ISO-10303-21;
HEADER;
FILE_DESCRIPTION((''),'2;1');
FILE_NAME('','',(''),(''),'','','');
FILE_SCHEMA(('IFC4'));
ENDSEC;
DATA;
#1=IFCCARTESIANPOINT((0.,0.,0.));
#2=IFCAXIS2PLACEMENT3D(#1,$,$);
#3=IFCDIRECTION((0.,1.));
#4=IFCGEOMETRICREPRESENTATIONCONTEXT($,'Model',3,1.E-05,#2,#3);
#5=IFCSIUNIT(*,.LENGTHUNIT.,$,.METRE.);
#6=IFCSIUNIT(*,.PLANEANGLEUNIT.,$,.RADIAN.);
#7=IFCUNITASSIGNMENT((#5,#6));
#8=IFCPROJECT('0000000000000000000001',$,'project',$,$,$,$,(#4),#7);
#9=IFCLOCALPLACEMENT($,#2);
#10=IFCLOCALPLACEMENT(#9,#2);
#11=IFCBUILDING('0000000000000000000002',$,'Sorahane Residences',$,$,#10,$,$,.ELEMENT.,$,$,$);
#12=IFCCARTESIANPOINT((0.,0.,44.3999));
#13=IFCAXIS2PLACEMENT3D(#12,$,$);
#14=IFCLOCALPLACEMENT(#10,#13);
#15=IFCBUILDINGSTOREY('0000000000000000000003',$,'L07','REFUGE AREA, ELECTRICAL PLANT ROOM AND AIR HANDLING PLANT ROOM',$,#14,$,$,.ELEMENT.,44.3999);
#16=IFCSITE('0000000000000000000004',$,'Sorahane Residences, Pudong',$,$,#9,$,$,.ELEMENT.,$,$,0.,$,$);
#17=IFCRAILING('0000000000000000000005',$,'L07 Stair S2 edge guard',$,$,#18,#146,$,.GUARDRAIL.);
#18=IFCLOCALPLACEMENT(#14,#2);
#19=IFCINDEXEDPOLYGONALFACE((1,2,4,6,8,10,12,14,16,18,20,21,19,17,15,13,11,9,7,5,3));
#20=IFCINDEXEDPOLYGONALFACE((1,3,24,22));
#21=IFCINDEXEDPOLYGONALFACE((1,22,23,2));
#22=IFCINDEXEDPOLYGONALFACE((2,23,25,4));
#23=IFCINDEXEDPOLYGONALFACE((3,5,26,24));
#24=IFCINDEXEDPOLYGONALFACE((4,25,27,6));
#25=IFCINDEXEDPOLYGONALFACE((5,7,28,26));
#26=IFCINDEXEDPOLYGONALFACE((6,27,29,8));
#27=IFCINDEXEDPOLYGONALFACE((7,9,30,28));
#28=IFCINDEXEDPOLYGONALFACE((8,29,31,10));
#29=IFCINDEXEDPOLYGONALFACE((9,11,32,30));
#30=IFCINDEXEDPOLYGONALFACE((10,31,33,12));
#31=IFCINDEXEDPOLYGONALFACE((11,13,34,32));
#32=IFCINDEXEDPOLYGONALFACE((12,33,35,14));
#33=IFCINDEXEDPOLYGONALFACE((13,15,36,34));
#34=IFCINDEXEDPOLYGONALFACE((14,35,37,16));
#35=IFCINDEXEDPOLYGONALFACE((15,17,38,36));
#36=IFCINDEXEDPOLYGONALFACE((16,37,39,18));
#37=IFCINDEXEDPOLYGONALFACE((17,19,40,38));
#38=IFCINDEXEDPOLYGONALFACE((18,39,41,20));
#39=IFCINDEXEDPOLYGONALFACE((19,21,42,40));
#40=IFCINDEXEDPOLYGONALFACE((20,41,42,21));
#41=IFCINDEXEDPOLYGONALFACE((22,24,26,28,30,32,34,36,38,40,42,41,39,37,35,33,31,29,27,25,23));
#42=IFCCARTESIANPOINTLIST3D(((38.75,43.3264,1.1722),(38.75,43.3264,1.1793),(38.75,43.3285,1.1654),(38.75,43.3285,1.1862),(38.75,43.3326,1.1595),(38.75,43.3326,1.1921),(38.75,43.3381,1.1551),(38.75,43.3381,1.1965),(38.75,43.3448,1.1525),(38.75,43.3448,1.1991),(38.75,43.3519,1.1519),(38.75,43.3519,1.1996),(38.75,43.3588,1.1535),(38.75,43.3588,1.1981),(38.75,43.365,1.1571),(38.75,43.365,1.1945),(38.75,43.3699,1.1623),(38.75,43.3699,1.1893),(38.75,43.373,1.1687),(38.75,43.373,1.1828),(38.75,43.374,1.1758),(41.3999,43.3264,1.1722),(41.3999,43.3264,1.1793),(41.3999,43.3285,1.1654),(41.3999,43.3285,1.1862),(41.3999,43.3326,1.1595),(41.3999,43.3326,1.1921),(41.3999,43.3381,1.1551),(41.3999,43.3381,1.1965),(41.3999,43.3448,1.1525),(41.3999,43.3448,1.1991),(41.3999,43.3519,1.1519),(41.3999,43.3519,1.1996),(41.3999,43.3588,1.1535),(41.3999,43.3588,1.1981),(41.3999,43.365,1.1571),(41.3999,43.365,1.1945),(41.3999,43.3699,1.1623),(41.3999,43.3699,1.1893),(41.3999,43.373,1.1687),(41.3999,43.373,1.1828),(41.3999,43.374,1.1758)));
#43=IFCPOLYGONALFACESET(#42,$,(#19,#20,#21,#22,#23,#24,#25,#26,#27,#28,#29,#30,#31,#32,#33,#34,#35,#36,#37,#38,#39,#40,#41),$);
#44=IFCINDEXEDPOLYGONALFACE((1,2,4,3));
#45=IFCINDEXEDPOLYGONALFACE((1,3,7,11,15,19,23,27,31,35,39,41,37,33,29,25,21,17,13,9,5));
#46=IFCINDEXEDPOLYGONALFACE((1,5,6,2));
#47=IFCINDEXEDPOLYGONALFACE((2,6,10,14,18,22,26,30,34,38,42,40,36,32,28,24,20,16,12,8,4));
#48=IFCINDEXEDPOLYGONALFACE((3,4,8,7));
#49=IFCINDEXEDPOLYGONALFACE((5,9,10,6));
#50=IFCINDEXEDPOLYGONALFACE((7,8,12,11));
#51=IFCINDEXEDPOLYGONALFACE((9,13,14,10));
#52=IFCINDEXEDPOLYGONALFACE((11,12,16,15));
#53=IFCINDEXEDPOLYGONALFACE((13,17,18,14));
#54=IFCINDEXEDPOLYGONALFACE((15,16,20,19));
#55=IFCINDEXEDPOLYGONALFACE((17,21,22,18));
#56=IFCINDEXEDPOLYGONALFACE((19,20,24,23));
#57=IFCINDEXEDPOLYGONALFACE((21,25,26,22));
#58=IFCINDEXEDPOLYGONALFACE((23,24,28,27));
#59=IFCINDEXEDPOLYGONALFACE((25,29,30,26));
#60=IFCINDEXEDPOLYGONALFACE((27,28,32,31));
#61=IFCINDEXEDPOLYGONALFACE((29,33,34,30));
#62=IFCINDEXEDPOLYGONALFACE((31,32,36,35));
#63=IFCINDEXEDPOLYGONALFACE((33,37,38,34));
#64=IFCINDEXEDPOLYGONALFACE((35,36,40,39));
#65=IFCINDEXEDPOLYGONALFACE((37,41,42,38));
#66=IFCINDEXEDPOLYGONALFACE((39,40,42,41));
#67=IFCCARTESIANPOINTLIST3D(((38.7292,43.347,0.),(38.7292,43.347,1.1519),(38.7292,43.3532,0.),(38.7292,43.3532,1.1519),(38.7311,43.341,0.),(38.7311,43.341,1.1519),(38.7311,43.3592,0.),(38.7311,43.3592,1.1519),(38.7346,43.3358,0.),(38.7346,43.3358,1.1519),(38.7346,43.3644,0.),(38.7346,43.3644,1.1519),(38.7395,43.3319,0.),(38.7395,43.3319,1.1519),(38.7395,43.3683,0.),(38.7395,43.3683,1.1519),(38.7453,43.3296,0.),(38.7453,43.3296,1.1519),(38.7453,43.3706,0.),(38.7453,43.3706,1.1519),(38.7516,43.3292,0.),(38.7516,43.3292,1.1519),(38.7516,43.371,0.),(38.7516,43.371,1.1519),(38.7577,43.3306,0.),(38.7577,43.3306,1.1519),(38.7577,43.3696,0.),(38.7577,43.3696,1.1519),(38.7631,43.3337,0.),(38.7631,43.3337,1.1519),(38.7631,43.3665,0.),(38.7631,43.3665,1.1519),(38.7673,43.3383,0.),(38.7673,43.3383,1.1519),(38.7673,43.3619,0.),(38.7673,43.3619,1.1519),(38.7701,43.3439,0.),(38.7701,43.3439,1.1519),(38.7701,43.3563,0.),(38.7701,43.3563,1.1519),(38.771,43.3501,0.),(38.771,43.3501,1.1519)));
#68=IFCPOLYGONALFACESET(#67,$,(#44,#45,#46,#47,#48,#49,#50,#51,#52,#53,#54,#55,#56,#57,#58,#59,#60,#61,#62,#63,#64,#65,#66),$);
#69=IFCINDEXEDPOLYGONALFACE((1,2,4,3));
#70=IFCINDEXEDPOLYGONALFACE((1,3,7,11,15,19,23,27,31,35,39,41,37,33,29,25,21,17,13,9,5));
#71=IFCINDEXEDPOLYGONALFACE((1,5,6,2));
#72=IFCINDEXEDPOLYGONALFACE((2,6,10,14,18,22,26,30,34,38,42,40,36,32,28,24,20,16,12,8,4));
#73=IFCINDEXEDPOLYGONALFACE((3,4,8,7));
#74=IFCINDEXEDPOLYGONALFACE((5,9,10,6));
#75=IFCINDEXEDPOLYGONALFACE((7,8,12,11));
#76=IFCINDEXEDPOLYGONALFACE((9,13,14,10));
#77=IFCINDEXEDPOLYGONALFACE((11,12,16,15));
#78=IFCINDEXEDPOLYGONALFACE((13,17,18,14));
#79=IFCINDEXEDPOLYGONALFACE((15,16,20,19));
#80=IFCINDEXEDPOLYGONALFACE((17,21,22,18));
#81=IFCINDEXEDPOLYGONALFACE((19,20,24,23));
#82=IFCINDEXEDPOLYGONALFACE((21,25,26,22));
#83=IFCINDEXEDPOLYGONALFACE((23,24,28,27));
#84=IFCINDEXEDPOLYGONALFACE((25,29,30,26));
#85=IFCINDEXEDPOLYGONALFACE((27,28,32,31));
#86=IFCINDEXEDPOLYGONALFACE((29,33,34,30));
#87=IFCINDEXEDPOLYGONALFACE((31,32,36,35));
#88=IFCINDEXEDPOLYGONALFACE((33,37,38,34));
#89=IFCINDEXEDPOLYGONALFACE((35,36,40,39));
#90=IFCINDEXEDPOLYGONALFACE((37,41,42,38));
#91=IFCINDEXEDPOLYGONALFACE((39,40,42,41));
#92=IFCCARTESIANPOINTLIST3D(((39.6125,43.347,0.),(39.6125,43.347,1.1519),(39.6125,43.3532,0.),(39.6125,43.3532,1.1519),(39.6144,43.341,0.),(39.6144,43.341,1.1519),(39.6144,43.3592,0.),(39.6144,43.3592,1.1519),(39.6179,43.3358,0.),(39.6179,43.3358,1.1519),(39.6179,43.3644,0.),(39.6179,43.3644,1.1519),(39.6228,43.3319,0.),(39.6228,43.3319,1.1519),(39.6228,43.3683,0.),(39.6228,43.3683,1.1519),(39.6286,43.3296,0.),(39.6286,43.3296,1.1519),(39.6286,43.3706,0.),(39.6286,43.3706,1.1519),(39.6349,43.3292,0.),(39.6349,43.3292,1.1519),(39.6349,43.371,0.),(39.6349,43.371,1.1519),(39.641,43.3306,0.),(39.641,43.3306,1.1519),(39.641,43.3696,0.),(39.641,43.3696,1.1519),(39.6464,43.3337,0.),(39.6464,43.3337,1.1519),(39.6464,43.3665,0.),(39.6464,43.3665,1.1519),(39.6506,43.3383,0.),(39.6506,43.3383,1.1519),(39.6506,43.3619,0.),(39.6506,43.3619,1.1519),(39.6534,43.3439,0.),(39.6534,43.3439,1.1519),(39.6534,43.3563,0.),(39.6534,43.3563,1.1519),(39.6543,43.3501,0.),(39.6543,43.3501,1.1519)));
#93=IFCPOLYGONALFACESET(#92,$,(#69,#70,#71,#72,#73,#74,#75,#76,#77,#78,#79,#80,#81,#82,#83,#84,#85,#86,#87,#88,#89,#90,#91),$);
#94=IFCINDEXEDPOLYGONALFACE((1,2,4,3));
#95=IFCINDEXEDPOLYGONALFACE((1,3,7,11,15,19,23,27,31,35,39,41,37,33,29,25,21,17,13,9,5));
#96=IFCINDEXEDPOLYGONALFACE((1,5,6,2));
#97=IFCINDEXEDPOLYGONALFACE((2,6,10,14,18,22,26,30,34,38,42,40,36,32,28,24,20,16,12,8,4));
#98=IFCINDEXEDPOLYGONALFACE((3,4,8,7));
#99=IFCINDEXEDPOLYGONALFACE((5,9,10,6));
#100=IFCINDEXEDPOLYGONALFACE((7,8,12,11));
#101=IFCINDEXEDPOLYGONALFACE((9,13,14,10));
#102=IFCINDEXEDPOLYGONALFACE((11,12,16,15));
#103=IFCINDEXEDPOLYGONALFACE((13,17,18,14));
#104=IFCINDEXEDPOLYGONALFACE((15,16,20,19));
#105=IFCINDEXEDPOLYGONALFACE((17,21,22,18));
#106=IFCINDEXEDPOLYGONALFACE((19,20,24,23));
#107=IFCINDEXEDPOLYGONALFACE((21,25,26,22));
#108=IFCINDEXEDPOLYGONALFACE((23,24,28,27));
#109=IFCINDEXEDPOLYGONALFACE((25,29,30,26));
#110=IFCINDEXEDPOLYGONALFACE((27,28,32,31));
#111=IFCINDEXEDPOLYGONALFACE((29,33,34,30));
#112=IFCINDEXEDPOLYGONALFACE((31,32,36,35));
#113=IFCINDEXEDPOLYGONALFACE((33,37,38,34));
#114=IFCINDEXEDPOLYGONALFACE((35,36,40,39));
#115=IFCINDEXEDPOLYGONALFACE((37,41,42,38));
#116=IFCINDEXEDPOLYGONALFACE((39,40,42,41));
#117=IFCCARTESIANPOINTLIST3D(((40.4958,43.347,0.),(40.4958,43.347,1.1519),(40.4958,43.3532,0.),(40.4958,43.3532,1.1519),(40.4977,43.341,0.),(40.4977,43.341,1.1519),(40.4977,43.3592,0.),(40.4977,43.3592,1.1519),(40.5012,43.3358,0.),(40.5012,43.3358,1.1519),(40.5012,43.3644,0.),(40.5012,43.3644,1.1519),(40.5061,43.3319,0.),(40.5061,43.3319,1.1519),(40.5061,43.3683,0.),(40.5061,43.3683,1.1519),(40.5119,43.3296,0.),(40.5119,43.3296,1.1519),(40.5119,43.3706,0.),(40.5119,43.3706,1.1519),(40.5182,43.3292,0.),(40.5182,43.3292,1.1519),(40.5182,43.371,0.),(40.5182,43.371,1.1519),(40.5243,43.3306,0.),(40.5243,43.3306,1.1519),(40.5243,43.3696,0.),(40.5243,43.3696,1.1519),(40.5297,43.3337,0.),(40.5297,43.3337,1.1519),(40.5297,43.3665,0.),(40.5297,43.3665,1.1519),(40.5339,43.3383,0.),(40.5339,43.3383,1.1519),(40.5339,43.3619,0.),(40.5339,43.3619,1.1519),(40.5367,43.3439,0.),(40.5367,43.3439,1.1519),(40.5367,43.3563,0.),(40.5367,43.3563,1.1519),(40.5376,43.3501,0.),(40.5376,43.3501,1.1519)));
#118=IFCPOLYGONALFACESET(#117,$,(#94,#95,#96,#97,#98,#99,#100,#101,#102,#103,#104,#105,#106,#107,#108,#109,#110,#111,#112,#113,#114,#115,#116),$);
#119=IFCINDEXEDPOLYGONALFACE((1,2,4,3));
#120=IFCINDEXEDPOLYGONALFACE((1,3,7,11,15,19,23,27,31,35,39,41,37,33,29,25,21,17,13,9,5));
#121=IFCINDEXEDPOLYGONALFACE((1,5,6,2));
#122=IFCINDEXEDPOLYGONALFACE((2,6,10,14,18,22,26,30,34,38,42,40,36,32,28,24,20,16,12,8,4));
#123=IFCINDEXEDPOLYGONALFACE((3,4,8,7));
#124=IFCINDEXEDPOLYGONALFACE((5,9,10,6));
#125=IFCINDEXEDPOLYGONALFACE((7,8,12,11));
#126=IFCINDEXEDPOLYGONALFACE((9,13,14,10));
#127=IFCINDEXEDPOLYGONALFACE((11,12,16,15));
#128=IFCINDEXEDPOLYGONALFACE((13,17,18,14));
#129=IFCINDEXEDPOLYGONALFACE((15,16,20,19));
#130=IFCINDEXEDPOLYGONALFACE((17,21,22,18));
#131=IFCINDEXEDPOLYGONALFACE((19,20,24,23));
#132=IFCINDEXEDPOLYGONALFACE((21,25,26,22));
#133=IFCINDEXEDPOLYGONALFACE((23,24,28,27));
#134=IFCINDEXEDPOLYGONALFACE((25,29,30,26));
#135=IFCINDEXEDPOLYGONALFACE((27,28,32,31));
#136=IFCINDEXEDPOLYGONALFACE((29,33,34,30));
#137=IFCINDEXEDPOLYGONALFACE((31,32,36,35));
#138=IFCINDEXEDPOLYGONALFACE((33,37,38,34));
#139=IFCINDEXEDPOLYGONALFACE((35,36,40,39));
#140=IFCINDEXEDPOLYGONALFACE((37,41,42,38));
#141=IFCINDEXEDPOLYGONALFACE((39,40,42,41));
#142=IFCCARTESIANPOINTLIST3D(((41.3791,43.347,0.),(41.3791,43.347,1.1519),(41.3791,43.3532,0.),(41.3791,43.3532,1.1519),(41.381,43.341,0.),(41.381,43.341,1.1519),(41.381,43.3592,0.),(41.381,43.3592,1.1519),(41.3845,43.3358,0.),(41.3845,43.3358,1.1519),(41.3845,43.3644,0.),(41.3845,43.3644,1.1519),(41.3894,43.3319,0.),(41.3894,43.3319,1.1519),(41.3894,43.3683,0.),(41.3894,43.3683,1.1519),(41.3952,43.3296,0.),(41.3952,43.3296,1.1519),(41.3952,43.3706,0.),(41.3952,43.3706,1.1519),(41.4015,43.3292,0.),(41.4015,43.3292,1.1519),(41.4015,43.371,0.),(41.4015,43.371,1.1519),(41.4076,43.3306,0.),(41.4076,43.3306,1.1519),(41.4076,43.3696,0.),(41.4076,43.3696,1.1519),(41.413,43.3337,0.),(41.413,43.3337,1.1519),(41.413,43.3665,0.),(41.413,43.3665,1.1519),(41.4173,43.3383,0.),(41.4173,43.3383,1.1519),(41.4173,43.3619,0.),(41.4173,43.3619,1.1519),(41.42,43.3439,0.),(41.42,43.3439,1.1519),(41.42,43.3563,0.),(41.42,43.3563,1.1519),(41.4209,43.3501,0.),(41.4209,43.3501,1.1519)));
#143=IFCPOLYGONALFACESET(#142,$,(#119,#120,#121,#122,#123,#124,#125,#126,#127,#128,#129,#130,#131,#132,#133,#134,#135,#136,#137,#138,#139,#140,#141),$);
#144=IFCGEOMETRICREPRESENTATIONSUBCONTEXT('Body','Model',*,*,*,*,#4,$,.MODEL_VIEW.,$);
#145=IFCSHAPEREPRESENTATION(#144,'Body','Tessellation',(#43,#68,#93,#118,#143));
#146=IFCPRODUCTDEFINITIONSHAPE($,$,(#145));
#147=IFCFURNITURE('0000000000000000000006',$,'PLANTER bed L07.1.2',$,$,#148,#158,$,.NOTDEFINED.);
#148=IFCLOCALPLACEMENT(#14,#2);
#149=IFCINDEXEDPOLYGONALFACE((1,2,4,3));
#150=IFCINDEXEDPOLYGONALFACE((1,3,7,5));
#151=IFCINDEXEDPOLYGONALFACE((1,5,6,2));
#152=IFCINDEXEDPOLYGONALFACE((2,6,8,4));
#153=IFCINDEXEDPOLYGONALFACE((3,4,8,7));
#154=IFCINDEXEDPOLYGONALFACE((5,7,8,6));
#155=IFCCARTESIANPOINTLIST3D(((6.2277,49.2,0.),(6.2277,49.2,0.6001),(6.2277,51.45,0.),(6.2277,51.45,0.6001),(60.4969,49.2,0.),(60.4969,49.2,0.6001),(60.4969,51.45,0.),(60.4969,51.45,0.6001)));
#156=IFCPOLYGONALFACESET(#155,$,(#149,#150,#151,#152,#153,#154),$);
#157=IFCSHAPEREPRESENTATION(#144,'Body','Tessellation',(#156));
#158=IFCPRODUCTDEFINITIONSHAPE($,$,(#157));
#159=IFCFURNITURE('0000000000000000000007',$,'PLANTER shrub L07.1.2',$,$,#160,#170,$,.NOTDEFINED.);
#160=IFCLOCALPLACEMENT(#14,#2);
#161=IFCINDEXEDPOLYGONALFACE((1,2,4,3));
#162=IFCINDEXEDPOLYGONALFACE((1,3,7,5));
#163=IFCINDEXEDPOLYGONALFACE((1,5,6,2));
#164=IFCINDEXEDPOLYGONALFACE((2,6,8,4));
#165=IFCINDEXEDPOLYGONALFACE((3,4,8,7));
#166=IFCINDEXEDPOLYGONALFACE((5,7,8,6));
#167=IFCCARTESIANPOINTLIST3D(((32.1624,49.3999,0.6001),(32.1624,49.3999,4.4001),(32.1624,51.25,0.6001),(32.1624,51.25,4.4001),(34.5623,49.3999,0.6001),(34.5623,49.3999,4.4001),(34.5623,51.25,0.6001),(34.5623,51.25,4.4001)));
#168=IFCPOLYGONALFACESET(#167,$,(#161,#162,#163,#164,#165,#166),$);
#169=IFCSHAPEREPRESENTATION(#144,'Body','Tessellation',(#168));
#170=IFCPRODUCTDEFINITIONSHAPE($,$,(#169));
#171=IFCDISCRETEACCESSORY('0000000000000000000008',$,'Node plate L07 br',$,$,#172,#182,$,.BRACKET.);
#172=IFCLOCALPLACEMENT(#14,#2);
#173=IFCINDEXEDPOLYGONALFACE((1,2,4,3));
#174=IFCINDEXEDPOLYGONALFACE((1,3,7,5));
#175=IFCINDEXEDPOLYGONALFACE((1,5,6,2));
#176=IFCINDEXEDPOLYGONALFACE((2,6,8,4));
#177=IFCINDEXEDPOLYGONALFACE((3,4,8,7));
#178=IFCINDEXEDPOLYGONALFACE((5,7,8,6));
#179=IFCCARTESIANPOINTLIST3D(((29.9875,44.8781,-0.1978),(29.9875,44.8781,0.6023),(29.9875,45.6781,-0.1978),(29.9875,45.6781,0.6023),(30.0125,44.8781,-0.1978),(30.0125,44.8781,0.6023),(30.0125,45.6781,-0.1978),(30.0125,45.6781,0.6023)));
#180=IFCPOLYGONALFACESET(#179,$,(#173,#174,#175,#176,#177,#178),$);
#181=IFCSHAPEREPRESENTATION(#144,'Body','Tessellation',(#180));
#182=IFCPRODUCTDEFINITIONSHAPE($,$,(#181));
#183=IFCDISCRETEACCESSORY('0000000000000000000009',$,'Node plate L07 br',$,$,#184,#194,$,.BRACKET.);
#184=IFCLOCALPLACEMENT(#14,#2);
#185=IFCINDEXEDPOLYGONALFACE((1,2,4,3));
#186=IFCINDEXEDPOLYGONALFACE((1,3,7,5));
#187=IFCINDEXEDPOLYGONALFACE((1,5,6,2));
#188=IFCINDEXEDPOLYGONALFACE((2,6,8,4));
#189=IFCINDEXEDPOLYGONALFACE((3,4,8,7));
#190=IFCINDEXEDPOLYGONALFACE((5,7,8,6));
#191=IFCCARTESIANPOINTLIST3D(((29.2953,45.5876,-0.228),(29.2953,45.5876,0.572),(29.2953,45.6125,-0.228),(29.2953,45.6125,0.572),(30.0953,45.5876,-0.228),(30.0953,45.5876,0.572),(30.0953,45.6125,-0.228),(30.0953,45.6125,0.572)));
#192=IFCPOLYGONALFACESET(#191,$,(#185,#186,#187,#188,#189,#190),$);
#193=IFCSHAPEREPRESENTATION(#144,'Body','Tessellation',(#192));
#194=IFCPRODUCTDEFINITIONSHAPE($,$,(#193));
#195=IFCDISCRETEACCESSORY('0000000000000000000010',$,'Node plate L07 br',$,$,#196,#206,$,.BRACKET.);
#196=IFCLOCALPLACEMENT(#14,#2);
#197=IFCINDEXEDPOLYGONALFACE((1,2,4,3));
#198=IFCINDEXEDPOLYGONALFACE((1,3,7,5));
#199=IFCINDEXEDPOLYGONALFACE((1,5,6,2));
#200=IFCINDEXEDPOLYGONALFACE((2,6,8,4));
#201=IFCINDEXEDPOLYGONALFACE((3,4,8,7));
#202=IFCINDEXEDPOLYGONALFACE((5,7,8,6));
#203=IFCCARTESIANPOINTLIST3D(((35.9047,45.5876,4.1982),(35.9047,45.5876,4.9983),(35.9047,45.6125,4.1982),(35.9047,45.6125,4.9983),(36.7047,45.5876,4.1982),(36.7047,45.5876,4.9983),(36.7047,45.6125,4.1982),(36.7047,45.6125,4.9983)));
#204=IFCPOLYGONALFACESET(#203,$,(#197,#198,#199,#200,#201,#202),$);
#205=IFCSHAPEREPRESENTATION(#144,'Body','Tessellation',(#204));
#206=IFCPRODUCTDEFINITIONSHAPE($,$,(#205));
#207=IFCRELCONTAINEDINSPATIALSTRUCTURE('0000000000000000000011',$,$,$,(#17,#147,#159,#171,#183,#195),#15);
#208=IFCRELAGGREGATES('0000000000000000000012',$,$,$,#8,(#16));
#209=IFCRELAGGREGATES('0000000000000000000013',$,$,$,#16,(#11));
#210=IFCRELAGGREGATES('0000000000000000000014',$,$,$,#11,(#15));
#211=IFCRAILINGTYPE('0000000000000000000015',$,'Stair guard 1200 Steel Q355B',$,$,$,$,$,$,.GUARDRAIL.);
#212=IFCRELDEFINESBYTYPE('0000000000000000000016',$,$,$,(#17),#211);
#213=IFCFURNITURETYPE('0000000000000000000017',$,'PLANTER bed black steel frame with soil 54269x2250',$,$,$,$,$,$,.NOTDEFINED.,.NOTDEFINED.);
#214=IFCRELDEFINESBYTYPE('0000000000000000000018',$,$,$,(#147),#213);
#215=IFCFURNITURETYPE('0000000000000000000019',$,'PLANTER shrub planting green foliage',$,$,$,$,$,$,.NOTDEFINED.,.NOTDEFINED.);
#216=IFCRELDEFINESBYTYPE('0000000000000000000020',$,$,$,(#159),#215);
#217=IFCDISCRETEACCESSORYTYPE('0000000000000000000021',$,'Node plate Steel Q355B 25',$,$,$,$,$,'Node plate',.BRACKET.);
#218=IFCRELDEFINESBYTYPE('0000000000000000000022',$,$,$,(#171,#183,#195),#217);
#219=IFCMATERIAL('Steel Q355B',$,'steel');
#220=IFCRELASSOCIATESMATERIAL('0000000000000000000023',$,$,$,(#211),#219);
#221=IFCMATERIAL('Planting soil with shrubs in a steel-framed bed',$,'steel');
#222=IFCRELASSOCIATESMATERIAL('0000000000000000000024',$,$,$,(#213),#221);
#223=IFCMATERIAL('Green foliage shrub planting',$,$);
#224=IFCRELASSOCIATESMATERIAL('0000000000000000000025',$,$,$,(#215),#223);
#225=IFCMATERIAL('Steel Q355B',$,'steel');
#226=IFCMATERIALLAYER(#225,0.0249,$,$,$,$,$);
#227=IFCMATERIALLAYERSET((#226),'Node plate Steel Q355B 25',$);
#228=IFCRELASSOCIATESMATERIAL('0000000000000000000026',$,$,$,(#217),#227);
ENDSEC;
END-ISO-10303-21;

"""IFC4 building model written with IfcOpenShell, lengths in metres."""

from ifc_helpers import new_model, si_unit, direction, frame, origin, origin_2d, place, context, subcontext, project, spatial, rectangle, circle, extrude, material, layer, layer_set, type_object, element, save


model = new_model("IFC4")

# Units and contexts
model_context = context("Model", 3, precision=1e-05, world=origin(), true_north=direction((0.0, 1.0)))
body_context = subcontext(model_context, "Body", "Model", "MODEL_VIEW")
ifc_project = project(units=[si_unit("LENGTHUNIT", "METRE"), si_unit("PLANEANGLEUNIT", "RADIAN")], contexts=[model_context])

# Site, building, storey
site_placement = place(None, origin())
site = spatial("IfcSite", under=ifc_project, at=site_placement, Name="Sorahane Residences, Pudong", CompositionType="ELEMENT", RefElevation=0.0)
building_placement = place(site_placement, origin())
building = spatial("IfcBuilding", under=site, at=building_placement, Name="Sorahane Residences", CompositionType="ELEMENT")
storey_placement = place(building_placement, frame((0.0, 0.0, 44.3999)))
storey = spatial("IfcBuildingStorey", under=building, at=storey_placement, Name="L07", Description="REFUGE AREA, ELECTRICAL PLANT ROOM AND AIR HANDLING PLANT ROOM", CompositionType="ELEMENT", Elevation=44.3999)

# Railing
ifc_material_1 = material(Name="Steel Q355B", Category="steel")
railing_type = type_object("IfcRailingType", Name="Stair guard 1200 Steel Q355B", PredefinedType="GUARDRAIL", material=ifc_material_1)
for number, where, name in (
    (1, (38.75, 43.3501, 0.0), "L07 Stair S2 edge guard"),
):
    element("IfcRailing", number, at=place(storey_placement, frame(where)), inside=storey, type_object=railing_type, Name=name, PredefinedType="GUARDRAIL", context=body_context, shape_type="SweptSolid", body=[
        extrude(circle(Radius=0.0239, at=origin_2d()), frame((0.0, 0.0, 1.1758), z_axis=(1.0, 0.0, 0.0), x_axis=(0.0, 1.0, 0.0)), (0.0, 0.0, 1.0), 2.6499),
        extrude(circle(Radius=0.021, at=origin_2d()), origin(), (0.0, 0.0, 1.0), 1.1519),
        extrude(circle(Radius=0.021, at=origin_2d()), frame((0.8833, 0.0, 0.0)), (0.0, 0.0, 1.0), 1.1519),
        extrude(circle(Radius=0.021, at=origin_2d()), frame((1.7666, 0.0, 0.0)), (0.0, 0.0, 1.0), 1.1519),
        extrude(circle(Radius=0.021, at=origin_2d()), frame((2.6499, 0.0, 0.0)), (0.0, 0.0, 1.0), 1.1519),
    ])

# Furniture
ifc_material_2 = material(Name="Planting soil with shrubs in a steel-framed bed", Category="steel")
furniture_type_1 = type_object("IfcFurnitureType", Name="PLANTER bed black steel frame with soil 54269x2250", AssemblyPlace="NOTDEFINED", PredefinedType="NOTDEFINED", material=ifc_material_2)
furniture_1_placement = place(storey_placement, frame((33.3623, 50.325, 0.0), z_axis=(0.0, 0.0, 1.0), x_axis=(1.0, 0.0, 0.0)))
element("IfcFurniture", 2, at=furniture_1_placement, inside=storey, type_object=furniture_type_1, Name="PLANTER bed L07.1.2", PredefinedType="NOTDEFINED", context=body_context, shape_type="SweptSolid", body=[
    extrude(rectangle(XDim=54.2693, YDim=2.25, at=origin_2d()), origin(), (0.0, 0.0, 1.0), 0.6001),
])
ifc_material_3 = material(Name="Green foliage shrub planting")
furniture_type_2 = type_object("IfcFurnitureType", Name="PLANTER shrub planting green foliage", AssemblyPlace="NOTDEFINED", PredefinedType="NOTDEFINED", material=ifc_material_3)
furniture_2_placement = place(storey_placement, frame((33.3623, 50.325, 0.6001), z_axis=(0.0, 0.0, 1.0), x_axis=(1.0, 0.0, 0.0)))
element("IfcFurniture", 3, at=furniture_2_placement, inside=storey, type_object=furniture_type_2, Name="PLANTER shrub L07.1.2", PredefinedType="NOTDEFINED", context=body_context, shape_type="SweptSolid", body=[
    extrude(rectangle(XDim=2.3999, YDim=1.8501, at=origin_2d()), origin(), (0.0, 0.0, 1.0), 3.8),
])

# Discrete accessories
ifc_material_4 = material(Name="Steel Q355B", Category="steel")
ifc_layer_1 = layer(ifc_material_4, 0.0249)
ifc_layer_set_1 = layer_set([ifc_layer_1], Name="Node plate Steel Q355B 25")
discrete_accessory_type = type_object("IfcDiscreteAccessoryType", Name="Node plate Steel Q355B 25", ElementType="Node plate", PredefinedType="BRACKET", material=ifc_layer_set_1)
for number, where, z_axis, x_axis, name in (
    (4, (30.0, 45.2781, -0.1978), (0.0, 0.0, 1.0), (0.0, 1.0, 0.0), "Node plate L07 br"),
    (5, (29.6953, 45.6001, -0.228), (0.0, 0.0, 1.0), (1.0, 0.0, 0.0), "Node plate L07 br"),
    (6, (36.3047, 45.6001, 4.1982), (0.0, 0.0, 1.0), (1.0, 0.0, 0.0), "Node plate L07 br"),
):
    element("IfcDiscreteAccessory", number, at=place(storey_placement, frame(where, z_axis=z_axis, x_axis=x_axis)), inside=storey, type_object=discrete_accessory_type, Name=name, PredefinedType="BRACKET", context=body_context, shape_type="SweptSolid", body=[
        extrude(rectangle(XDim=0.8, YDim=0.0249, at=origin_2d()), origin(), (0.0, 0.0, 1.0), 0.8),
    ])

save(model, "model.ifc")
